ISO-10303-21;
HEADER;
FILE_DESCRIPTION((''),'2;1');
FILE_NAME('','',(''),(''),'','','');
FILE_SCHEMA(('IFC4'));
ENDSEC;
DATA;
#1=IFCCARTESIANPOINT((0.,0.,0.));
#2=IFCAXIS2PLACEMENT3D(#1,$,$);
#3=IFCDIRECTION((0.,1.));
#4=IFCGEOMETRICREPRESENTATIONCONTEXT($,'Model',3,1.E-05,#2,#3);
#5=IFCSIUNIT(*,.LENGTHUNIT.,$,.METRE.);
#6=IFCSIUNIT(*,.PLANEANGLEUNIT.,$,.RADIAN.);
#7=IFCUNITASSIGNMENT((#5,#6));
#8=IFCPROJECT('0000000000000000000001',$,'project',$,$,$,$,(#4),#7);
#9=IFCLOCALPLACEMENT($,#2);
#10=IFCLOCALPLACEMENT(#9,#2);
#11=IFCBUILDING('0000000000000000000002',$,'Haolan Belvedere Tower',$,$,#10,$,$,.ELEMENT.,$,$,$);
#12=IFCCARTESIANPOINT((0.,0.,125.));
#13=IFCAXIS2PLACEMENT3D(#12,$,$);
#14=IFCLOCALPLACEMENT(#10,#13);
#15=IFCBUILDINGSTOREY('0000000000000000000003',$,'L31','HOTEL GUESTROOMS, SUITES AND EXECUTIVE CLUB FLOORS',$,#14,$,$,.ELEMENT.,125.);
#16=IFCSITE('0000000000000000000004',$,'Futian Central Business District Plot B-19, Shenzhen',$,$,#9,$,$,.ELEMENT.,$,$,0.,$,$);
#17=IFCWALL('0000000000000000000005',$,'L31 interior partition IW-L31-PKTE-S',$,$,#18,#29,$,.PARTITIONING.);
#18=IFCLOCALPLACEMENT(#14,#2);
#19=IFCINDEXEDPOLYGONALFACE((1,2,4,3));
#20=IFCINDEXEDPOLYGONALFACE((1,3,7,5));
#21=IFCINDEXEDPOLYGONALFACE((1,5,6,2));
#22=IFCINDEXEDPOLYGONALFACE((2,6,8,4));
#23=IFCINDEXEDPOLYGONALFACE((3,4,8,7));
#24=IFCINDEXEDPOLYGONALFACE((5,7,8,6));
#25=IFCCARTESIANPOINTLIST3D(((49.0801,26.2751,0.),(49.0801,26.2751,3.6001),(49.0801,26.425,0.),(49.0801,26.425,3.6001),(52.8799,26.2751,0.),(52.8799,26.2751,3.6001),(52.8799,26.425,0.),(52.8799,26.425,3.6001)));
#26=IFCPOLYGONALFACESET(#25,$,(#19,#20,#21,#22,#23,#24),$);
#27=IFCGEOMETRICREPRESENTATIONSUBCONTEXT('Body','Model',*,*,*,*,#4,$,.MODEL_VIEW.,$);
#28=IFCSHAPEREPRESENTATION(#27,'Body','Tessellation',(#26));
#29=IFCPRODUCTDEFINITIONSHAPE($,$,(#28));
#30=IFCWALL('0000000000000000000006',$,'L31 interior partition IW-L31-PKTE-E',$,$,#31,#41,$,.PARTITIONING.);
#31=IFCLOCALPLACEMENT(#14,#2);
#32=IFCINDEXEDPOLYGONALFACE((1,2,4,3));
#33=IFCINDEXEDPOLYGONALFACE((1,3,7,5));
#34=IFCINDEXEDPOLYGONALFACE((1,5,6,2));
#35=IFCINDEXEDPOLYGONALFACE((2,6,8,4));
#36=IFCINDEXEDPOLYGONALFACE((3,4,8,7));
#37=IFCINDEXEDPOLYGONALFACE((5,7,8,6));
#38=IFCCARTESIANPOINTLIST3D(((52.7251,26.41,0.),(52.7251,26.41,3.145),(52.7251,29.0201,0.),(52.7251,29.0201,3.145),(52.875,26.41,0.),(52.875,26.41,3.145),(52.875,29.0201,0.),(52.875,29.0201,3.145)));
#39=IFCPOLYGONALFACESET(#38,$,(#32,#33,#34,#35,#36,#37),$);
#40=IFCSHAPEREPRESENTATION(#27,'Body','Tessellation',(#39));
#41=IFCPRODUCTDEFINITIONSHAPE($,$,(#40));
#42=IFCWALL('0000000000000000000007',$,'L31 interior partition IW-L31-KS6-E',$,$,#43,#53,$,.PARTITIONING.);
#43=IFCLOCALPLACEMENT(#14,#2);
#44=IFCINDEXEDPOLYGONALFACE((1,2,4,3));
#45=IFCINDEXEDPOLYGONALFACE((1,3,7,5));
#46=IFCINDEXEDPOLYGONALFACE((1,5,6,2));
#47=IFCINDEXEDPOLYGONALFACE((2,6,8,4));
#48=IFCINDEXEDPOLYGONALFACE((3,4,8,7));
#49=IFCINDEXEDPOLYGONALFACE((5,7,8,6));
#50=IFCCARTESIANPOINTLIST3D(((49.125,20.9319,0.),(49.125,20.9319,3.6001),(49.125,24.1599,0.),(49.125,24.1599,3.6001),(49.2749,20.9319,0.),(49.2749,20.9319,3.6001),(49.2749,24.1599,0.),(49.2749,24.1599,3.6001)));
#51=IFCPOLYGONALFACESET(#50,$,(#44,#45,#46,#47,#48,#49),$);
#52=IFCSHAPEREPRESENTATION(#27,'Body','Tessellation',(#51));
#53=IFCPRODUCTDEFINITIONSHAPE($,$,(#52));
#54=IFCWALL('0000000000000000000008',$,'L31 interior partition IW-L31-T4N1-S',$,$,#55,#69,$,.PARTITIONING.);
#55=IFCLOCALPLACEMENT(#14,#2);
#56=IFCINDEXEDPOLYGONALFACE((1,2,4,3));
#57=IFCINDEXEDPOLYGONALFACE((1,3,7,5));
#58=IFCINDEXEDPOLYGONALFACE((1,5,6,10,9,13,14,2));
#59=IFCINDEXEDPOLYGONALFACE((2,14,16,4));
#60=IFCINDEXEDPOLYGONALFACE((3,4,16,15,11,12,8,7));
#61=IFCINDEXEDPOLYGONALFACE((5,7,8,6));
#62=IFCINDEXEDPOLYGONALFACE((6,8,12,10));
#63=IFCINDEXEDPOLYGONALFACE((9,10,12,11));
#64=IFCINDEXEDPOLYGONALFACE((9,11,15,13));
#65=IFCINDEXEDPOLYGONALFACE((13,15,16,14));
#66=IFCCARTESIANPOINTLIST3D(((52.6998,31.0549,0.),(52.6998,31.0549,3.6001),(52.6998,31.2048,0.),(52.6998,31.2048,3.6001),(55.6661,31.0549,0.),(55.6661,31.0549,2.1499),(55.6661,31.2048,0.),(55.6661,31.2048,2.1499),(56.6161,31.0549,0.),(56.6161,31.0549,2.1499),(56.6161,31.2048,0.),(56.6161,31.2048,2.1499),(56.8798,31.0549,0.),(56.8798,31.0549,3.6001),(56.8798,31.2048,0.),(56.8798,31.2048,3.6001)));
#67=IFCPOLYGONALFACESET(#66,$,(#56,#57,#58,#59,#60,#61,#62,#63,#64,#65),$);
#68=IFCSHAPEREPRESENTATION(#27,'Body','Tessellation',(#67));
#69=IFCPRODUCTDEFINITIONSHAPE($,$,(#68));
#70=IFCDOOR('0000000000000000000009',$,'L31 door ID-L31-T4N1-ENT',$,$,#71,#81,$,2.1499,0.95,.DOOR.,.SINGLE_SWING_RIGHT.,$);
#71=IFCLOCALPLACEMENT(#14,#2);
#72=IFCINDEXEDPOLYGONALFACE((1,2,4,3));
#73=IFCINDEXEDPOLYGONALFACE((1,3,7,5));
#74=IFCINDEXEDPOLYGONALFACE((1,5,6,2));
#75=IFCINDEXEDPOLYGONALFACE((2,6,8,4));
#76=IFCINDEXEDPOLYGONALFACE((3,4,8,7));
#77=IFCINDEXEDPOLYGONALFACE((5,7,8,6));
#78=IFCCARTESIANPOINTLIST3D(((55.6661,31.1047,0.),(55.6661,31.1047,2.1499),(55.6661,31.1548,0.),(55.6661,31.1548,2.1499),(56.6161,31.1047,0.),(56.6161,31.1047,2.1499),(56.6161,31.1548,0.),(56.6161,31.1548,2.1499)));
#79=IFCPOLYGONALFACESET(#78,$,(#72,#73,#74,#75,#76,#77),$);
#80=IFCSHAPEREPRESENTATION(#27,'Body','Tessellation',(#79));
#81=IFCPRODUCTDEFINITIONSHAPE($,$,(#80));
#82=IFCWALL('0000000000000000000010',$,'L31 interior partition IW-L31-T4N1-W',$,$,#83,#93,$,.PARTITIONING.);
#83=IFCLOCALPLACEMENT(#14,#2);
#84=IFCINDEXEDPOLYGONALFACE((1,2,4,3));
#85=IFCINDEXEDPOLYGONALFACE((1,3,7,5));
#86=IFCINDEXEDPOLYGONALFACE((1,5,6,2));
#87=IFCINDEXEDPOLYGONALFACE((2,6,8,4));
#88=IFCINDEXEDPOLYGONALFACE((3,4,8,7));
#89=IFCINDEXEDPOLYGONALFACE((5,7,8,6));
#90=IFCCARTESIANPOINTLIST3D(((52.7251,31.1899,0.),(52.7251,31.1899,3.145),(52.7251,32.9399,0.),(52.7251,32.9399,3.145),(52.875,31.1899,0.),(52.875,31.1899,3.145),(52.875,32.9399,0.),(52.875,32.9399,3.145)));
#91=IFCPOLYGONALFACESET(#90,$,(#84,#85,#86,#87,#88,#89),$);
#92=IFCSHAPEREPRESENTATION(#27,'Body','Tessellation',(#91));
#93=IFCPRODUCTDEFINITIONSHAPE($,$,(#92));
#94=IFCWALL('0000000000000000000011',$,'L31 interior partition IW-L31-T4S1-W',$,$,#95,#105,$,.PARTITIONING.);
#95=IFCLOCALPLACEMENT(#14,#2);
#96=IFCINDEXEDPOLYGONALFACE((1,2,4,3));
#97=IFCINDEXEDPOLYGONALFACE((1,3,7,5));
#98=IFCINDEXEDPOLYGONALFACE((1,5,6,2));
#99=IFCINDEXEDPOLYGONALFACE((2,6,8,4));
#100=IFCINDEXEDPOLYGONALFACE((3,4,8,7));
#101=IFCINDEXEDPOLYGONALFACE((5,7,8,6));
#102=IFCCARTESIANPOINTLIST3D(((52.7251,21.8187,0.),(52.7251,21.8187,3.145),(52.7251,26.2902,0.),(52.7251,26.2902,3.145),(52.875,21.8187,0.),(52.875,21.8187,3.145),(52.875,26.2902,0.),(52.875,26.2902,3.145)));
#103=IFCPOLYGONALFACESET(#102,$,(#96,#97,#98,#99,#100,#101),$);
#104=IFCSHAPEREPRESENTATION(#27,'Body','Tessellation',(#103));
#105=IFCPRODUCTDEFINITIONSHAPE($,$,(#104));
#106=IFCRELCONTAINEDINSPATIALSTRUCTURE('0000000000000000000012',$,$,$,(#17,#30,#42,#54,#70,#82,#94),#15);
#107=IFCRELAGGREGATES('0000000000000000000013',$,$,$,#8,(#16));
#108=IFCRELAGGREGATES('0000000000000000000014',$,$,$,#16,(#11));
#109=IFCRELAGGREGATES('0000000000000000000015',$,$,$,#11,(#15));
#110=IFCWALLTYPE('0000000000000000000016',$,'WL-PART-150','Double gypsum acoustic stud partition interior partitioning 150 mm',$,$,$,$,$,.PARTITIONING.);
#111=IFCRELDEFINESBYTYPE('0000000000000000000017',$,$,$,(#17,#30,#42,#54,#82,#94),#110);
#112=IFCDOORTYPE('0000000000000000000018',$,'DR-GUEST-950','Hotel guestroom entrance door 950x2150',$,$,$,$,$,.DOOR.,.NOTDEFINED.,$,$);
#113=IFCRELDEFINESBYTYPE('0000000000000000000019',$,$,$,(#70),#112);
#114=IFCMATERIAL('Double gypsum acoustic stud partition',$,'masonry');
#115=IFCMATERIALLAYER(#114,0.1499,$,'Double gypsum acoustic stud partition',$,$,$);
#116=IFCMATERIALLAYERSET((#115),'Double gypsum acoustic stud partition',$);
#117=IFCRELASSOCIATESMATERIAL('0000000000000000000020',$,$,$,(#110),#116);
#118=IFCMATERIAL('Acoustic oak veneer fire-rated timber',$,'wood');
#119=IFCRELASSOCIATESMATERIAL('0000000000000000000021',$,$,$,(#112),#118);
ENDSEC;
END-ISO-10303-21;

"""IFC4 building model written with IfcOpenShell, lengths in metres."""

from ifc_helpers import new_model, si_unit, direction, frame, frame_2d, origin, place, context, subcontext, project, spatial, rectangle, extrude, material, layer, layer_set, type_object, element, fill, save


model = new_model("IFC4")

# Units and contexts
model_context = context("Model", 3, precision=1e-05, world=origin(), true_north=direction((0.0, 1.0)))
body_context = subcontext(model_context, "Body", "Model", "MODEL_VIEW")
ifc_project = project(units=[si_unit("LENGTHUNIT", "METRE"), si_unit("PLANEANGLEUNIT", "RADIAN")], contexts=[model_context])

# Site, building, storey
site_placement = place(None, origin())
site = spatial("IfcSite", under=ifc_project, at=site_placement, Name="Futian Central Business District Plot B-19, Shenzhen", CompositionType="ELEMENT", RefElevation=0.0)
building_placement = place(site_placement, origin())
building = spatial("IfcBuilding", under=site, at=building_placement, Name="Haolan Belvedere Tower", CompositionType="ELEMENT")
storey_placement = place(building_placement, frame((0.0, 0.0, 125.0)))
storey = spatial("IfcBuildingStorey", under=building, at=storey_placement, Name="L31", Description="HOTEL GUESTROOMS, SUITES AND EXECUTIVE CLUB FLOORS", CompositionType="ELEMENT", Elevation=125.0)

# Wall
ifc_material_1 = material(Name="Double gypsum acoustic stud partition", Category="masonry")
ifc_layer_1 = layer(ifc_material_1, 0.1499, Name="Double gypsum acoustic stud partition")
ifc_layer_set_1 = layer_set([ifc_layer_1], Name="Double gypsum acoustic stud partition")
wall_type_1 = type_object("IfcWallType", Name="WL-PART-150", Description="Double gypsum acoustic stud partition interior partitioning 150 mm", PredefinedType="PARTITIONING", material=ifc_layer_set_1)
for number, where, z_axis, x_axis, name in (
    (1, (49.0801, 26.3501, 0.0), (0.0, 0.0, 1.0), (1.0, 0.0, 0.0), "L31 interior partition IW-L31-PKTE-S"),
):
    element("IfcWall", number, at=place(storey_placement, frame(where, z_axis=z_axis, x_axis=x_axis)), inside=storey, type_object=wall_type_1, Name=name, PredefinedType="PARTITIONING", context=body_context, shape_type="SweptSolid", body=[
        extrude(rectangle(XDim=3.7998, YDim=0.1499, at=frame_2d((1.8999, 0.0))), origin(), (0.0, 0.0, 1.0), 3.6001),
    ])

# Wall
wall_1_placement = place(storey_placement, frame((52.8, 26.4099, 0.0), z_axis=(0.0, 0.0, 1.0), x_axis=(0.0, 1.0, 0.0)))
element("IfcWall", 2, at=wall_1_placement, inside=storey, type_object=wall_type_1, Name="L31 interior partition IW-L31-PKTE-E", PredefinedType="PARTITIONING", context=body_context, shape_type="SweptSolid", body=[
    extrude(rectangle(XDim=2.6101, YDim=0.1499, at=frame_2d((1.3052, 0.0))), origin(), (0.0, 0.0, 1.0), 3.145),
])

# Wall
wall_2_placement = place(storey_placement, frame((49.2, 20.9319, 0.0), z_axis=(0.0, 0.0, 1.0), x_axis=(0.0, 1.0, 0.0)))
element("IfcWall", 3, at=wall_2_placement, inside=storey, type_object=wall_type_1, Name="L31 interior partition IW-L31-KS6-E", PredefinedType="PARTITIONING", context=body_context, shape_type="SweptSolid", body=[
    extrude(rectangle(XDim=3.228, YDim=0.1499, at=frame_2d((1.614, 0.0))), origin(), (0.0, 0.0, 1.0), 3.6001),
])

# Wall, opening, door
wall_3_placement = place(storey_placement, frame((52.7, 31.1299, 0.0), z_axis=(0.0, 0.0, 1.0), x_axis=(1.0, 0.0, 0.0)))
wall_3 = element("IfcWall", 4, at=wall_3_placement, inside=storey, type_object=wall_type_1, Name="L31 interior partition IW-L31-T4N1-S", PredefinedType="PARTITIONING", context=body_context, shape_type="SweptSolid", body=[
    extrude(rectangle(XDim=4.1799, YDim=0.1499, at=frame_2d((2.0898, 0.0))), origin(), (0.0, 0.0, 1.0), 3.6001),
])
opening_1_placement = place(wall_3_placement, frame((2.9661, 0.0, 0.0)))
opening_1 = element("IfcOpeningElement", 5, at=opening_1_placement, cuts=wall_3, PredefinedType="OPENING", context=body_context, shape_type="SweptSolid", body=[
    extrude(rectangle(XDim=0.95, YDim=2.1499, at=frame_2d((0.4751, 1.075))), frame((0.0, 0.085, 0.0), z_axis=(0.0, -1.0, 0.0), x_axis=(1.0, 0.0, 0.0)), (0.0, 0.0, 1.0), 0.1699),
])
ifc_material_2 = material(Name="Acoustic oak veneer fire-rated timber", Category="wood")
door_type_1 = type_object("IfcDoorType", Name="DR-GUEST-950", Description="Hotel guestroom entrance door 950x2150", OperationType="NOTDEFINED", PredefinedType="DOOR", material=ifc_material_2)
door_1_placement = place(opening_1_placement, origin())
door_1 = element("IfcDoor", 6, at=door_1_placement, inside=storey, type_object=door_type_1, Name="L31 door ID-L31-T4N1-ENT", OperationType="SINGLE_SWING_RIGHT", OverallHeight=2.1499, OverallWidth=0.95, PredefinedType="DOOR", context=body_context, shape_type="SweptSolid", body=[
    extrude(rectangle(XDim=0.95, YDim=2.1499, at=frame_2d((0.4751, 1.075))), frame((0.0, 0.0249, 0.0), z_axis=(0.0, -1.0, 0.0), x_axis=(1.0, 0.0, 0.0)), (0.0, 0.0, 1.0), 0.05),
])
fill(opening_1, door_1)

# Wall
wall_4_placement = place(storey_placement, frame((52.8, 31.1899, 0.0), z_axis=(0.0, 0.0, 1.0), x_axis=(0.0, 1.0, 0.0)))
element("IfcWall", 7, at=wall_4_placement, inside=storey, type_object=wall_type_1, Name="L31 interior partition IW-L31-T4N1-W", PredefinedType="PARTITIONING", context=body_context, shape_type="SweptSolid", body=[
    extrude(rectangle(XDim=1.75, YDim=0.1499, at=frame_2d((0.875, 0.0))), origin(), (0.0, 0.0, 1.0), 3.145),
])

# Wall
wall_5_placement = place(storey_placement, frame((52.8, 21.8186, 0.0), z_axis=(0.0, 0.0, 1.0), x_axis=(0.0, 1.0, 0.0)))
element("IfcWall", 8, at=wall_5_placement, inside=storey, type_object=wall_type_1, Name="L31 interior partition IW-L31-T4S1-W", PredefinedType="PARTITIONING", context=body_context, shape_type="SweptSolid", body=[
    extrude(rectangle(XDim=4.4714, YDim=0.1499, at=frame_2d((2.2358, 0.0))), origin(), (0.0, 0.0, 1.0), 3.145),
])

save(model, "model.ifc")
